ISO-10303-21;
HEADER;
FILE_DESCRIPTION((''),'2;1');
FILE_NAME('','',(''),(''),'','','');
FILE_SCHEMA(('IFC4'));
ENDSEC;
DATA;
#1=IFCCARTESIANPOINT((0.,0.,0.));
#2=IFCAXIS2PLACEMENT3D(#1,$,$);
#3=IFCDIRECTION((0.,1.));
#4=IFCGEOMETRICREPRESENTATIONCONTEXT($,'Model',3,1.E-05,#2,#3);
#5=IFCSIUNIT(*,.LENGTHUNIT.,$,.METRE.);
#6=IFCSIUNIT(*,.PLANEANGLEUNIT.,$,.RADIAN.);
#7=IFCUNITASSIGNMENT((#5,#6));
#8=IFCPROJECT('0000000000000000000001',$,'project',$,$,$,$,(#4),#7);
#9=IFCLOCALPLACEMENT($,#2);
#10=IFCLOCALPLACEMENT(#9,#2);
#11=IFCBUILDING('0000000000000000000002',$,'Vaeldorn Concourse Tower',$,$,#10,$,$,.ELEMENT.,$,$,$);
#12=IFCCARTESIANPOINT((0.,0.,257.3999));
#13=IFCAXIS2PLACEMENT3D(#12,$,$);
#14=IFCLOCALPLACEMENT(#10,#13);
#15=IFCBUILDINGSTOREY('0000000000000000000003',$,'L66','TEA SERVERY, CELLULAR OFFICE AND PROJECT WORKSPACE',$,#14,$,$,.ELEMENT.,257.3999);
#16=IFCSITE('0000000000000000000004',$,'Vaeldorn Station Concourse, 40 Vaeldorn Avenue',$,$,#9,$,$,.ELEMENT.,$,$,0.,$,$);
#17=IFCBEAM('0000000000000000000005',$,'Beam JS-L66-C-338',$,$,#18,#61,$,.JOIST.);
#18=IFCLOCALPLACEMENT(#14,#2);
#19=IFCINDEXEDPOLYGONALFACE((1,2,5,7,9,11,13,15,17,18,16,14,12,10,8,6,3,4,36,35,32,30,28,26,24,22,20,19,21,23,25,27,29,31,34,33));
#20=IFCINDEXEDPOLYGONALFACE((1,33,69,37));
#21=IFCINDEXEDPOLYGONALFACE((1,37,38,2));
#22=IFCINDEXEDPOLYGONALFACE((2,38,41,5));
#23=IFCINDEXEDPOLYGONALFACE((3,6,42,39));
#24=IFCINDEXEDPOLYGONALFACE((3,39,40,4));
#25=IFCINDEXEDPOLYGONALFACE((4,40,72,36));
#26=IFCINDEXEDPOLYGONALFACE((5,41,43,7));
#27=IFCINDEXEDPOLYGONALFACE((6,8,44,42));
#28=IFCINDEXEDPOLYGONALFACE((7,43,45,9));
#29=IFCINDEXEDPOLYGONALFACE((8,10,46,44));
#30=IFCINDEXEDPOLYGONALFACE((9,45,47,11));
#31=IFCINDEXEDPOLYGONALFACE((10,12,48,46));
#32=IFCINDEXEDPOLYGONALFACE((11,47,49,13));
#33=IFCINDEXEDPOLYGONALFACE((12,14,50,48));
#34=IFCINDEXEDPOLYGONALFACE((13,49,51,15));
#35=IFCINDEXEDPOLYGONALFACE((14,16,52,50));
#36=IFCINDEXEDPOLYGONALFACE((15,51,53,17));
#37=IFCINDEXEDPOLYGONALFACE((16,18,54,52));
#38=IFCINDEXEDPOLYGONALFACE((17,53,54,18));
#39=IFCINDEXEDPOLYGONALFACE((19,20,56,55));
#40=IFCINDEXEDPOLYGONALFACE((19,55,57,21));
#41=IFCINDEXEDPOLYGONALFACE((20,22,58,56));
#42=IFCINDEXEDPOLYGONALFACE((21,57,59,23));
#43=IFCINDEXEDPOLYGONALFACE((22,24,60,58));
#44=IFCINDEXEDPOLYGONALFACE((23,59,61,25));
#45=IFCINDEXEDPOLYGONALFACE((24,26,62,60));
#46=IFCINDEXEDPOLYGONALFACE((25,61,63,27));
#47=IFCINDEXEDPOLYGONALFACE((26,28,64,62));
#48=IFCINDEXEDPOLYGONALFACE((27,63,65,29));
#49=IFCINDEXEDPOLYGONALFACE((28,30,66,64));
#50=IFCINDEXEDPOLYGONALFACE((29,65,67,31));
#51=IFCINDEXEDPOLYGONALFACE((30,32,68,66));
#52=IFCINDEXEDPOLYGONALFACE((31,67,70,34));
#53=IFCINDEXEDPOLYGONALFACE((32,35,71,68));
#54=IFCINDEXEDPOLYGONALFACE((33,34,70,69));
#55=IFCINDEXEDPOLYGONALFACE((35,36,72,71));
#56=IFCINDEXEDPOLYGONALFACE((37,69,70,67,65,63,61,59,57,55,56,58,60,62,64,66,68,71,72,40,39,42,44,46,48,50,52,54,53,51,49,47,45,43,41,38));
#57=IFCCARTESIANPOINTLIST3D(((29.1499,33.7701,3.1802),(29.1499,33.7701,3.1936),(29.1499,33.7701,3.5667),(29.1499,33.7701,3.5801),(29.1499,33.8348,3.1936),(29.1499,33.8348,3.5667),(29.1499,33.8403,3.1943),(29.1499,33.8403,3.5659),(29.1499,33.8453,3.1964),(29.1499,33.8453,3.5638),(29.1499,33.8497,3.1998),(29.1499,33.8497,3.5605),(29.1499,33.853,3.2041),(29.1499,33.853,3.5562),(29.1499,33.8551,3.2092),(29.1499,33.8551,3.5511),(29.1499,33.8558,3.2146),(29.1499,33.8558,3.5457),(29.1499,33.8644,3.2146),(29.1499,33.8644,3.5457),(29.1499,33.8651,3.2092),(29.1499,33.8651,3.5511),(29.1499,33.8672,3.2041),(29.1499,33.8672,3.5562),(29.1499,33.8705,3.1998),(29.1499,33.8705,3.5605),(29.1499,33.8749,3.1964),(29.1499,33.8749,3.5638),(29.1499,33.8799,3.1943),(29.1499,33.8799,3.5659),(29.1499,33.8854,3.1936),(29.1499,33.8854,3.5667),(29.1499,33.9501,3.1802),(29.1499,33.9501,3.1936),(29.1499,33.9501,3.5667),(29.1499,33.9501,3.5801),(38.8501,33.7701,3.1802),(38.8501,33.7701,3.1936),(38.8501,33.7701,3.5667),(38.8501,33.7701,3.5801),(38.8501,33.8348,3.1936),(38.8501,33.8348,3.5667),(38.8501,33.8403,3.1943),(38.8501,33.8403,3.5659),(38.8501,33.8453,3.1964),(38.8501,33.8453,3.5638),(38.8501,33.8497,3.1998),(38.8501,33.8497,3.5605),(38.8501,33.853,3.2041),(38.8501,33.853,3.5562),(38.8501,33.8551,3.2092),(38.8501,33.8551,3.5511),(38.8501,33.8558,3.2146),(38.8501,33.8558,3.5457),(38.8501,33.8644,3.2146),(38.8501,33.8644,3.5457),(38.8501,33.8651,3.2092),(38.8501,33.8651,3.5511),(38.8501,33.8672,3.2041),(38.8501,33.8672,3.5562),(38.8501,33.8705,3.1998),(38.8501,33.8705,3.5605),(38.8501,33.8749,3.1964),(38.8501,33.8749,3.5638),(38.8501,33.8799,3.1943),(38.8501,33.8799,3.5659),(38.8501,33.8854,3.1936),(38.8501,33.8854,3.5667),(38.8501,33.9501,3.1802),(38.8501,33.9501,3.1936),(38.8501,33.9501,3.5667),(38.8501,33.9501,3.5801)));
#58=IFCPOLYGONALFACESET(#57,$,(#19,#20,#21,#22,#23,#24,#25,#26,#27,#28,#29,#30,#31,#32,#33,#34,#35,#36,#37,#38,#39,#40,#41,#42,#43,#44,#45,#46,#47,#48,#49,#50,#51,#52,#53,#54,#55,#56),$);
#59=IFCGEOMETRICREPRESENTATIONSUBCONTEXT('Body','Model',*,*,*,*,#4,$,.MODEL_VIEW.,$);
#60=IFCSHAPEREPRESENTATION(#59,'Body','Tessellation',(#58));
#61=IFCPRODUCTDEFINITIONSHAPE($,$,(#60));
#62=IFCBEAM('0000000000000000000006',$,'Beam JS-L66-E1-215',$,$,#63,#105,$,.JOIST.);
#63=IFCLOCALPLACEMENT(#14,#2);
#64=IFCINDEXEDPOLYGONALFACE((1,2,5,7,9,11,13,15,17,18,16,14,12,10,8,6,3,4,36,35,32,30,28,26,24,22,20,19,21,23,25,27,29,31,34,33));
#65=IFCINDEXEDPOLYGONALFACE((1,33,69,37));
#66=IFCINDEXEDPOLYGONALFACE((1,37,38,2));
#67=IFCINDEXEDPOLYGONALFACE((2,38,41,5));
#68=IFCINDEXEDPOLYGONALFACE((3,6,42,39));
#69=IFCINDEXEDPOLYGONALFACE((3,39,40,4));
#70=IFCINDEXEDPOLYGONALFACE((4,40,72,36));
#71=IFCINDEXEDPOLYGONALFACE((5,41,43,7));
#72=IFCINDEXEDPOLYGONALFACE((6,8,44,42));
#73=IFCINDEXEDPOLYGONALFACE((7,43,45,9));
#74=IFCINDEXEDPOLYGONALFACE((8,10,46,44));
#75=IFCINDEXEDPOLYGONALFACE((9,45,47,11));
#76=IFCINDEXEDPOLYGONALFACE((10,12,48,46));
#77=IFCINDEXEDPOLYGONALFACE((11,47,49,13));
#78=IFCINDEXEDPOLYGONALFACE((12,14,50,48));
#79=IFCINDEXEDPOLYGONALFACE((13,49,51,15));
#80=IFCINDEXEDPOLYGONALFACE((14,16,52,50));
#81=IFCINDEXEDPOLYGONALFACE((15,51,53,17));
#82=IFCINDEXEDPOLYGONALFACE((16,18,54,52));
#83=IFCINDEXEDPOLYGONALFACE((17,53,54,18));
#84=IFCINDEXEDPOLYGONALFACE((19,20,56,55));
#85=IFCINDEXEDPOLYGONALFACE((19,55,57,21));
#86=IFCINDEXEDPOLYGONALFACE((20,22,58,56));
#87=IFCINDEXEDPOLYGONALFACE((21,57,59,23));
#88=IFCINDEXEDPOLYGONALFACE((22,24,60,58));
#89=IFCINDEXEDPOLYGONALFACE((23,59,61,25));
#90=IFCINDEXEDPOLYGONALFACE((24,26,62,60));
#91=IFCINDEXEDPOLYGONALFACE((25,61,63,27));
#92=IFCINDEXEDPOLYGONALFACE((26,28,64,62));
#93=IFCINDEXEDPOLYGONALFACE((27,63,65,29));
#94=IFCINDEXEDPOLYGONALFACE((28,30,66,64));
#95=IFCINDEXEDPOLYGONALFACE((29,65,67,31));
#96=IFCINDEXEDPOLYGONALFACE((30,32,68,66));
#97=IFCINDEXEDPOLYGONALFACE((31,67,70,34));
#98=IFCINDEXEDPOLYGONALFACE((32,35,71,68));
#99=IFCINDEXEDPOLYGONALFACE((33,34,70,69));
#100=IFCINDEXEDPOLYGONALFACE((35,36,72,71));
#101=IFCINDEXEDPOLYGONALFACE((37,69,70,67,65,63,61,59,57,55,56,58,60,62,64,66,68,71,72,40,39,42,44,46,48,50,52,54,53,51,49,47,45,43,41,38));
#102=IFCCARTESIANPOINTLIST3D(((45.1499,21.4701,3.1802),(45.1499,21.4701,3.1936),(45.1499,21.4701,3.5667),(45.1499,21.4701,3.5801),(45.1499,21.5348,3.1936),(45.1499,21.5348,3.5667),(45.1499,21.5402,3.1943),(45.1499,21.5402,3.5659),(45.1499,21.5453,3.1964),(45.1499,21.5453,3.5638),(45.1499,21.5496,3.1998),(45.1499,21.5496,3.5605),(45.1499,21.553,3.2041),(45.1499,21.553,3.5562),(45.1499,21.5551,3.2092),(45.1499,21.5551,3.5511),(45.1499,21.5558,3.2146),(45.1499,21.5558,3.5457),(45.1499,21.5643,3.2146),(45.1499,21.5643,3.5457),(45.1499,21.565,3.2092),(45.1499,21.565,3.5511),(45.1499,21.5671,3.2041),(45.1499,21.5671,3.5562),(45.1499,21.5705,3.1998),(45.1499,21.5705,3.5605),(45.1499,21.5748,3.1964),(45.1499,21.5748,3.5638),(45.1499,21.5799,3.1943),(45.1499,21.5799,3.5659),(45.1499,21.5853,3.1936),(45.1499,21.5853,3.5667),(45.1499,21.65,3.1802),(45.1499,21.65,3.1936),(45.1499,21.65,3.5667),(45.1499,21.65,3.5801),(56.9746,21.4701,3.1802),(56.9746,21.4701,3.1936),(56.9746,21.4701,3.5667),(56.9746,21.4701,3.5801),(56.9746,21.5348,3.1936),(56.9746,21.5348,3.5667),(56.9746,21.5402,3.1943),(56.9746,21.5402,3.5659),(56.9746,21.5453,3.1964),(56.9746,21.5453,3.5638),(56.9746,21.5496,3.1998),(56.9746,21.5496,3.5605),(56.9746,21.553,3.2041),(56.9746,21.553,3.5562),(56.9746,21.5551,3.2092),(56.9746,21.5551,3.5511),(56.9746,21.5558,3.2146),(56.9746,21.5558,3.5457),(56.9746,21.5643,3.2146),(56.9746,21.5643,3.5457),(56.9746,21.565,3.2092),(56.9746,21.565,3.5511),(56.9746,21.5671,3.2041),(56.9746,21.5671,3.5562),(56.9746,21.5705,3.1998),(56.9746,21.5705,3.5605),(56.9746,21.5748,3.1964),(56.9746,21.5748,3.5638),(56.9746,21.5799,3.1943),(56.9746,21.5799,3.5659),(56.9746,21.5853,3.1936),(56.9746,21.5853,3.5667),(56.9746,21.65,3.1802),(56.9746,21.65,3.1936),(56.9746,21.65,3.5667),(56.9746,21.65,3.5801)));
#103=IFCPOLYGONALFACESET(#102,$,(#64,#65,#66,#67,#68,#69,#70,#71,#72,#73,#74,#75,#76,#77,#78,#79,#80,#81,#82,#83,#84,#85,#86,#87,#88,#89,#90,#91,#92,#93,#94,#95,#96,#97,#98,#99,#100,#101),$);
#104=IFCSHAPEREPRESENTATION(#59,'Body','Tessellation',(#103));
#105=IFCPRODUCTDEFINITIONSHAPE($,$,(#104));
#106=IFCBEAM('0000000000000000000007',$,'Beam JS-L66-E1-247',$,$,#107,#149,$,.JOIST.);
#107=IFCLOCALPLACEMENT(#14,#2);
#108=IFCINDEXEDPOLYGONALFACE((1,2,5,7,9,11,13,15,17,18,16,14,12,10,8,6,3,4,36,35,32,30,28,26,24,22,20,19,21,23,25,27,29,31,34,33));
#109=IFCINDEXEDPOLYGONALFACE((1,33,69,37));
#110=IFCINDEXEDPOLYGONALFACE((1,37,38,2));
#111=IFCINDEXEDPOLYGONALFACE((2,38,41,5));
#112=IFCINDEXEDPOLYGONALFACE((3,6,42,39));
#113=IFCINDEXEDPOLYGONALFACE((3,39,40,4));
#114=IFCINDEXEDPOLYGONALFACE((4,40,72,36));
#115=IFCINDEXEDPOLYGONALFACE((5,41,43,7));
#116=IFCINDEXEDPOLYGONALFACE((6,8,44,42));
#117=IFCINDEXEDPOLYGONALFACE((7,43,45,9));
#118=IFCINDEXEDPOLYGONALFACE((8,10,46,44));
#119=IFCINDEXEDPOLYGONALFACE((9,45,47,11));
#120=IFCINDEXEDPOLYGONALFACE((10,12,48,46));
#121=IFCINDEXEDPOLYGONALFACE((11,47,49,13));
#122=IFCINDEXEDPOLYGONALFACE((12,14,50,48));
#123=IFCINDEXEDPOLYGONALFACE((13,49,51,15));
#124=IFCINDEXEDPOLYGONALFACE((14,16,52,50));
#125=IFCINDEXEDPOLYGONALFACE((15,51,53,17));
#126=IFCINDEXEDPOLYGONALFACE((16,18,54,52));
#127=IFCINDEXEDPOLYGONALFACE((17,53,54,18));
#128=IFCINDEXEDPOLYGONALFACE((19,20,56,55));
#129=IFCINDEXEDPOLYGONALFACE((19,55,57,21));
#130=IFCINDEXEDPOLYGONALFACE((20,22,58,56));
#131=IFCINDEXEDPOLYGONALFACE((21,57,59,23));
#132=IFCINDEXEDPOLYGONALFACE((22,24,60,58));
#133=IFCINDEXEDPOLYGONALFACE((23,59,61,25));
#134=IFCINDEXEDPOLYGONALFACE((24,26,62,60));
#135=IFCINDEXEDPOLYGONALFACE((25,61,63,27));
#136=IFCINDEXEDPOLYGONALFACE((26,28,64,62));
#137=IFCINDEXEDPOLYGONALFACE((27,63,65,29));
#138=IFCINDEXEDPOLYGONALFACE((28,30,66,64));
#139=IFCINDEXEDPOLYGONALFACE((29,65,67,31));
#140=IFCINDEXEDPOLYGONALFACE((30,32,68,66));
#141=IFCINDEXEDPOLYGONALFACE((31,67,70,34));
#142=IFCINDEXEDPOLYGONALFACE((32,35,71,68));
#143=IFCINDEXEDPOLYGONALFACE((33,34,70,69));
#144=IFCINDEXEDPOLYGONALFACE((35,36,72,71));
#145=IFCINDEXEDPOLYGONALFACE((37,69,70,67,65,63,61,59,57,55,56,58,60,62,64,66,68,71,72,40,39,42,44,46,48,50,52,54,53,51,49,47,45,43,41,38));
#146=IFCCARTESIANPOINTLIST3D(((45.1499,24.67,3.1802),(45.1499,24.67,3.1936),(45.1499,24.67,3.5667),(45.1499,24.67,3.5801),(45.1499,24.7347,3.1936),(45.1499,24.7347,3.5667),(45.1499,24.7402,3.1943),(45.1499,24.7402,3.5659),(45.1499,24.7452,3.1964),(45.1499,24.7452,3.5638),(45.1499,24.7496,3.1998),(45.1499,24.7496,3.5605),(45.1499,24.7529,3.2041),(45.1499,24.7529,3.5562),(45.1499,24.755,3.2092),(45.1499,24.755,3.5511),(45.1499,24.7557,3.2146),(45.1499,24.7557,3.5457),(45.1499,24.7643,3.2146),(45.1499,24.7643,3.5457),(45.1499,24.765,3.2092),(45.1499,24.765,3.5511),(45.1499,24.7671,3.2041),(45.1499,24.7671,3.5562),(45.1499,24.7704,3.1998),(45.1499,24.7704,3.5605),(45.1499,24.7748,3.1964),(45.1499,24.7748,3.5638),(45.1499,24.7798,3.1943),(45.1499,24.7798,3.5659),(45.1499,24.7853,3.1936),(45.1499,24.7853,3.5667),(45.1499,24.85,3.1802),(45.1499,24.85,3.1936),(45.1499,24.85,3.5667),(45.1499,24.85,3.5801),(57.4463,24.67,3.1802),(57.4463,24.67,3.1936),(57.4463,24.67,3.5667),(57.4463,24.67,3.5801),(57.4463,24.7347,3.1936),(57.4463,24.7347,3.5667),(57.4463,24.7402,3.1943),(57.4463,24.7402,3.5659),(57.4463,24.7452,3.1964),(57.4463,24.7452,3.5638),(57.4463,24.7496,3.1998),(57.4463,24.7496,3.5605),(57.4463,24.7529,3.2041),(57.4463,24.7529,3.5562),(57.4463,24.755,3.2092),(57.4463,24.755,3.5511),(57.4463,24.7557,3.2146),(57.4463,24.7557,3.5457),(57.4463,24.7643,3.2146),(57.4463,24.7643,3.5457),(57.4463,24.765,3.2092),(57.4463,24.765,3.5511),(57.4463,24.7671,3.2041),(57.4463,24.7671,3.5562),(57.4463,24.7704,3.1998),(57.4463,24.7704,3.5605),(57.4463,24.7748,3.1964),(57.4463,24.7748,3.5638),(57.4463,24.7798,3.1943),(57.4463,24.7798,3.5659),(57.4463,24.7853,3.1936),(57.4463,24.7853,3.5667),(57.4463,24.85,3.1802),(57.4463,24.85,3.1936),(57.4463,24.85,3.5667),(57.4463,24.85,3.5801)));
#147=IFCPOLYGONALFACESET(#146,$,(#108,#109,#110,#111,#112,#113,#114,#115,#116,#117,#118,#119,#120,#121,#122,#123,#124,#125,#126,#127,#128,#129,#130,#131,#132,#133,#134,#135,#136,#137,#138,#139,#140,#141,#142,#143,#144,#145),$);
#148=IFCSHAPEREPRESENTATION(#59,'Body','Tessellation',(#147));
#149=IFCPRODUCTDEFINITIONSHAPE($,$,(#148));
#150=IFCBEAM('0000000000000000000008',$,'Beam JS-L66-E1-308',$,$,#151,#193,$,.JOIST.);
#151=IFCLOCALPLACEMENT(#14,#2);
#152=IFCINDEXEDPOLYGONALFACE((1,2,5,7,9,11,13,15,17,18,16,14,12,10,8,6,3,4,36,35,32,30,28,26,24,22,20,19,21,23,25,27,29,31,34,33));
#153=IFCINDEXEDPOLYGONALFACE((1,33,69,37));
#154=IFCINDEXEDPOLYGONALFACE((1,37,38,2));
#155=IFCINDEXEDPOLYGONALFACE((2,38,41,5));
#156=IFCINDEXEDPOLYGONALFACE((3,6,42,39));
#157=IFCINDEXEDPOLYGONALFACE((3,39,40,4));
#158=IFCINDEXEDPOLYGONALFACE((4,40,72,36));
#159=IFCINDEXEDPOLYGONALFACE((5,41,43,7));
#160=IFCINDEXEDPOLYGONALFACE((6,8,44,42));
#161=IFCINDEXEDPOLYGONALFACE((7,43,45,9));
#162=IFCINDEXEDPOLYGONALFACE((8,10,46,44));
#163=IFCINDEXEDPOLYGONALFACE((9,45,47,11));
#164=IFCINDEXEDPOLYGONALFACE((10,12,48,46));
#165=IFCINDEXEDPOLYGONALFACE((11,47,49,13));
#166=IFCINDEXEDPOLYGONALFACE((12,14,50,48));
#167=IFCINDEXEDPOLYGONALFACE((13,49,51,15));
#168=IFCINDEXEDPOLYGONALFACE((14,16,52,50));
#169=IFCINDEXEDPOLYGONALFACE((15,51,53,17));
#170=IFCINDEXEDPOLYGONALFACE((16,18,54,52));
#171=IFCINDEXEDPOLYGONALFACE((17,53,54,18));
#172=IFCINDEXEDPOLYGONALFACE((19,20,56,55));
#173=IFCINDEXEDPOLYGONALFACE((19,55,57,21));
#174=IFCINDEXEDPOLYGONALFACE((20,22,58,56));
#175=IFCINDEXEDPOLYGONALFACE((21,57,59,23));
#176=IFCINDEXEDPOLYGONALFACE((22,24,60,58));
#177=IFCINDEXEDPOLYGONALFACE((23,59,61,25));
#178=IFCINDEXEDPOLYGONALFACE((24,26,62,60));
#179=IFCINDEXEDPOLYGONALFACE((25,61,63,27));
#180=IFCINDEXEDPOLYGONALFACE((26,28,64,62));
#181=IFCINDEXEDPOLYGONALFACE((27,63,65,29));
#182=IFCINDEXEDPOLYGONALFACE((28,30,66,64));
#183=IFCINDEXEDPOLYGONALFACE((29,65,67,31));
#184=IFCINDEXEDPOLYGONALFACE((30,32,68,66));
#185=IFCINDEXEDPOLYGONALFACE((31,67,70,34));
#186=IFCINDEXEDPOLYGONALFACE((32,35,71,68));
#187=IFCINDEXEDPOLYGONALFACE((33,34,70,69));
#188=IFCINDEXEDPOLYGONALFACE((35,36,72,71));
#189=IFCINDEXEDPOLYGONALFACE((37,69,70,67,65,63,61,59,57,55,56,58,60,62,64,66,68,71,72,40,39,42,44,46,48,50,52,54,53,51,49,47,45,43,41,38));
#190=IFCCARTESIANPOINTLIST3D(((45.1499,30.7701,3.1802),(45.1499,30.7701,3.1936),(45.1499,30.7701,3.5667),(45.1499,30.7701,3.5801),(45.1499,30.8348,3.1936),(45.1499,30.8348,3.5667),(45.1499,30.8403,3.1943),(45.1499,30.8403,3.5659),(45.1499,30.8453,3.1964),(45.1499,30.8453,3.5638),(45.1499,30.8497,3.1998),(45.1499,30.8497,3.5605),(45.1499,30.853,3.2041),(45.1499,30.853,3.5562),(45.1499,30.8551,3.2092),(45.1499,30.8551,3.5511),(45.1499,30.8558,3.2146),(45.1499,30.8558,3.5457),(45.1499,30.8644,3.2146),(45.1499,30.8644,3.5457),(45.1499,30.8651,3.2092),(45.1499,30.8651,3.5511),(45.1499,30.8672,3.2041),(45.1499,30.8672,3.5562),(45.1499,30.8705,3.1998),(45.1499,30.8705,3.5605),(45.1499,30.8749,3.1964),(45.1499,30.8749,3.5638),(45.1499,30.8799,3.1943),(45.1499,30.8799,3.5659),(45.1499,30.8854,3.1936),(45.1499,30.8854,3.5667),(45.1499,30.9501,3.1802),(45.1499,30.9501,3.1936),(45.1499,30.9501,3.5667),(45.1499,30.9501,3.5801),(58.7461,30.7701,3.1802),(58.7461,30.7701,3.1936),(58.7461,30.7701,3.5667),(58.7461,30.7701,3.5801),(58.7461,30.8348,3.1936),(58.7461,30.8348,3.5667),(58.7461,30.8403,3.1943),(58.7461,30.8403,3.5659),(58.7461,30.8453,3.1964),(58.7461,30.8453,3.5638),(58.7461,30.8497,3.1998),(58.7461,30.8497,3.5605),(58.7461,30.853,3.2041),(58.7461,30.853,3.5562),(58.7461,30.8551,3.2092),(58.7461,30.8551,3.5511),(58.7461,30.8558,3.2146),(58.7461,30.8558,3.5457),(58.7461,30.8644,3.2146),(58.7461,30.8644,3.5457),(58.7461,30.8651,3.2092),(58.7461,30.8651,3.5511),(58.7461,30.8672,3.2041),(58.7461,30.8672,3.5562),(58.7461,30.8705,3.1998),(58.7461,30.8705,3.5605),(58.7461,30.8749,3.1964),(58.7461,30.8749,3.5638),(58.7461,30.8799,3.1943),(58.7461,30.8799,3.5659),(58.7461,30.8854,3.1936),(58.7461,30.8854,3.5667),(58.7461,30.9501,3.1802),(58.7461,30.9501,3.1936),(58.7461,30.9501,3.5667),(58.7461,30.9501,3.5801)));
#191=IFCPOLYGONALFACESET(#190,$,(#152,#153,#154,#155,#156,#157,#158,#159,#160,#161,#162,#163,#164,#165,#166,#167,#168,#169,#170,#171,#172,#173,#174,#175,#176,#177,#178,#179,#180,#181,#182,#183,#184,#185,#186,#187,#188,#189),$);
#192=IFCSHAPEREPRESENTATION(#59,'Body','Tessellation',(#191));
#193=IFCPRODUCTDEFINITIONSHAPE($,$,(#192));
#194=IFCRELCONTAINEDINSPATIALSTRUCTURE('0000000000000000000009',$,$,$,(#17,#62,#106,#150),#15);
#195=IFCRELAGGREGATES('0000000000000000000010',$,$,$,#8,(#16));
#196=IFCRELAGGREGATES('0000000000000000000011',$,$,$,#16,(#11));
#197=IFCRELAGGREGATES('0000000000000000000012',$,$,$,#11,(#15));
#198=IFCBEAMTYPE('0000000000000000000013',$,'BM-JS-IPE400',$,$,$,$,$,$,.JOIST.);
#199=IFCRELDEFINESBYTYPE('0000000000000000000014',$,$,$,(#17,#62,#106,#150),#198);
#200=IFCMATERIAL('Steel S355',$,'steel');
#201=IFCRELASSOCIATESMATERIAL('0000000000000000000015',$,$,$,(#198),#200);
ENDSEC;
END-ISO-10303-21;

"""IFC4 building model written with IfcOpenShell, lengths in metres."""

from ifc_helpers import new_model, si_unit, direction, frame, origin, origin_2d, place, context, subcontext, project, spatial, i_section, extrude, source, transform, mapped, material, material_profile, profile_set, type_object, element, save


model = new_model("IFC4")

# Units and contexts
model_context = context("Model", 3, precision=1e-05, world=origin(), true_north=direction((0.0, 1.0)))
body_context = subcontext(model_context, "Body", "Model", "MODEL_VIEW")
ifc_project = project(units=[si_unit("LENGTHUNIT", "METRE"), si_unit("PLANEANGLEUNIT", "RADIAN")], contexts=[model_context])

# Site, building, storey
site_placement = place(None, origin())
site = spatial("IfcSite", under=ifc_project, at=site_placement, Name="Vaeldorn Station Concourse, 40 Vaeldorn Avenue", CompositionType="ELEMENT", RefElevation=0.0)
building_placement = place(site_placement, origin())
building = spatial("IfcBuilding", under=site, at=building_placement, Name="Vaeldorn Concourse Tower", CompositionType="ELEMENT")
storey_placement = place(building_placement, frame((0.0, 0.0, 257.3999)))
storey = spatial("IfcBuildingStorey", under=building, at=storey_placement, Name="L66", Description="TEA SERVERY, CELLULAR OFFICE AND PROJECT WORKSPACE", CompositionType="ELEMENT", Elevation=257.3999)

# Shared definitions
ifc_material_1 = material(Name="Steel S355", Category="steel")

# Beams
ifc_material_profile_1 = material_profile(ifc_material_1, i_section(OverallWidth=0.1799, OverallDepth=0.3999, WebThickness=0.0085, FlangeThickness=0.0134, FilletRadius=0.021, at=origin_2d()), Name="IPE 400")
ifc_profile_set_1 = profile_set([ifc_material_profile_1], Name="Steel S355")
beam_type_1 = type_object("IfcBeamType", Name="BM-JS-IPE400", PredefinedType="JOIST", material=ifc_profile_set_1)
shared_shape_1 = source(origin(), body_context, "Body", "SweptSolid", [
    extrude(i_section(OverallWidth=0.1799, OverallDepth=0.3999, WebThickness=0.0085, FlangeThickness=0.0134, FilletRadius=0.021, at=origin_2d()), origin(), (0.0, 0.0, 1.0), 9.7002),
])
beam_1_placement = place(storey_placement, frame((29.1499, 33.8601, 3.3801), z_axis=(1.0, 0.0, 0.0), x_axis=(0.0, 1.0, 0.0)))
element("IfcBeam", 1, at=beam_1_placement, inside=storey, type_object=beam_type_1, Name="Beam JS-L66-C-338", PredefinedType="JOIST", context=body_context, shape_type="MappedRepresentation", body=[
    mapped(shared_shape_1, transform((0.0, 0.0, 0.0), scale=1.0)),
])
shared_shape_2 = source(origin(), body_context, "Body", "SweptSolid", [
    extrude(i_section(OverallWidth=0.1799, OverallDepth=0.3999, WebThickness=0.0085, FlangeThickness=0.0134, FilletRadius=0.021, at=origin_2d()), origin(), (0.0, 0.0, 1.0), 11.8247),
])
beam_2_placement = place(storey_placement, frame((45.1499, 21.5601, 3.3801), z_axis=(1.0, 0.0, 0.0), x_axis=(0.0, 1.0, 0.0)))
element("IfcBeam", 2, at=beam_2_placement, inside=storey, type_object=beam_type_1, Name="Beam JS-L66-E1-215", PredefinedType="JOIST", context=body_context, shape_type="MappedRepresentation", body=[
    mapped(shared_shape_2, transform((0.0, 0.0, 0.0), scale=1.0)),
])
shared_shape_3 = source(origin(), body_context, "Body", "SweptSolid", [
    extrude(i_section(OverallWidth=0.1799, OverallDepth=0.3999, WebThickness=0.0085, FlangeThickness=0.0134, FilletRadius=0.021, at=origin_2d()), origin(), (0.0, 0.0, 1.0), 12.2964),
])
beam_3_placement = place(storey_placement, frame((45.1499, 24.76, 3.3801), z_axis=(1.0, 0.0, 0.0), x_axis=(0.0, 1.0, 0.0)))
element("IfcBeam", 3, at=beam_3_placement, inside=storey, type_object=beam_type_1, Name="Beam JS-L66-E1-247", PredefinedType="JOIST", context=body_context, shape_type="MappedRepresentation", body=[
    mapped(shared_shape_3, transform((0.0, 0.0, 0.0), scale=1.0)),
])
shared_shape_4 = source(origin(), body_context, "Body", "SweptSolid", [
    extrude(i_section(OverallWidth=0.1799, OverallDepth=0.3999, WebThickness=0.0085, FlangeThickness=0.0134, FilletRadius=0.021, at=origin_2d()), origin(), (0.0, 0.0, 1.0), 13.5962),
])
beam_4_placement = place(storey_placement, frame((45.1499, 30.8601, 3.3801), z_axis=(1.0, 0.0, 0.0), x_axis=(0.0, 1.0, 0.0)))
element("IfcBeam", 4, at=beam_4_placement, inside=storey, type_object=beam_type_1, Name="Beam JS-L66-E1-308", PredefinedType="JOIST", context=body_context, shape_type="MappedRepresentation", body=[
    mapped(shared_shape_4, transform((0.0, 0.0, 0.0), scale=1.0)),
])

save(model, "model.ifc")
